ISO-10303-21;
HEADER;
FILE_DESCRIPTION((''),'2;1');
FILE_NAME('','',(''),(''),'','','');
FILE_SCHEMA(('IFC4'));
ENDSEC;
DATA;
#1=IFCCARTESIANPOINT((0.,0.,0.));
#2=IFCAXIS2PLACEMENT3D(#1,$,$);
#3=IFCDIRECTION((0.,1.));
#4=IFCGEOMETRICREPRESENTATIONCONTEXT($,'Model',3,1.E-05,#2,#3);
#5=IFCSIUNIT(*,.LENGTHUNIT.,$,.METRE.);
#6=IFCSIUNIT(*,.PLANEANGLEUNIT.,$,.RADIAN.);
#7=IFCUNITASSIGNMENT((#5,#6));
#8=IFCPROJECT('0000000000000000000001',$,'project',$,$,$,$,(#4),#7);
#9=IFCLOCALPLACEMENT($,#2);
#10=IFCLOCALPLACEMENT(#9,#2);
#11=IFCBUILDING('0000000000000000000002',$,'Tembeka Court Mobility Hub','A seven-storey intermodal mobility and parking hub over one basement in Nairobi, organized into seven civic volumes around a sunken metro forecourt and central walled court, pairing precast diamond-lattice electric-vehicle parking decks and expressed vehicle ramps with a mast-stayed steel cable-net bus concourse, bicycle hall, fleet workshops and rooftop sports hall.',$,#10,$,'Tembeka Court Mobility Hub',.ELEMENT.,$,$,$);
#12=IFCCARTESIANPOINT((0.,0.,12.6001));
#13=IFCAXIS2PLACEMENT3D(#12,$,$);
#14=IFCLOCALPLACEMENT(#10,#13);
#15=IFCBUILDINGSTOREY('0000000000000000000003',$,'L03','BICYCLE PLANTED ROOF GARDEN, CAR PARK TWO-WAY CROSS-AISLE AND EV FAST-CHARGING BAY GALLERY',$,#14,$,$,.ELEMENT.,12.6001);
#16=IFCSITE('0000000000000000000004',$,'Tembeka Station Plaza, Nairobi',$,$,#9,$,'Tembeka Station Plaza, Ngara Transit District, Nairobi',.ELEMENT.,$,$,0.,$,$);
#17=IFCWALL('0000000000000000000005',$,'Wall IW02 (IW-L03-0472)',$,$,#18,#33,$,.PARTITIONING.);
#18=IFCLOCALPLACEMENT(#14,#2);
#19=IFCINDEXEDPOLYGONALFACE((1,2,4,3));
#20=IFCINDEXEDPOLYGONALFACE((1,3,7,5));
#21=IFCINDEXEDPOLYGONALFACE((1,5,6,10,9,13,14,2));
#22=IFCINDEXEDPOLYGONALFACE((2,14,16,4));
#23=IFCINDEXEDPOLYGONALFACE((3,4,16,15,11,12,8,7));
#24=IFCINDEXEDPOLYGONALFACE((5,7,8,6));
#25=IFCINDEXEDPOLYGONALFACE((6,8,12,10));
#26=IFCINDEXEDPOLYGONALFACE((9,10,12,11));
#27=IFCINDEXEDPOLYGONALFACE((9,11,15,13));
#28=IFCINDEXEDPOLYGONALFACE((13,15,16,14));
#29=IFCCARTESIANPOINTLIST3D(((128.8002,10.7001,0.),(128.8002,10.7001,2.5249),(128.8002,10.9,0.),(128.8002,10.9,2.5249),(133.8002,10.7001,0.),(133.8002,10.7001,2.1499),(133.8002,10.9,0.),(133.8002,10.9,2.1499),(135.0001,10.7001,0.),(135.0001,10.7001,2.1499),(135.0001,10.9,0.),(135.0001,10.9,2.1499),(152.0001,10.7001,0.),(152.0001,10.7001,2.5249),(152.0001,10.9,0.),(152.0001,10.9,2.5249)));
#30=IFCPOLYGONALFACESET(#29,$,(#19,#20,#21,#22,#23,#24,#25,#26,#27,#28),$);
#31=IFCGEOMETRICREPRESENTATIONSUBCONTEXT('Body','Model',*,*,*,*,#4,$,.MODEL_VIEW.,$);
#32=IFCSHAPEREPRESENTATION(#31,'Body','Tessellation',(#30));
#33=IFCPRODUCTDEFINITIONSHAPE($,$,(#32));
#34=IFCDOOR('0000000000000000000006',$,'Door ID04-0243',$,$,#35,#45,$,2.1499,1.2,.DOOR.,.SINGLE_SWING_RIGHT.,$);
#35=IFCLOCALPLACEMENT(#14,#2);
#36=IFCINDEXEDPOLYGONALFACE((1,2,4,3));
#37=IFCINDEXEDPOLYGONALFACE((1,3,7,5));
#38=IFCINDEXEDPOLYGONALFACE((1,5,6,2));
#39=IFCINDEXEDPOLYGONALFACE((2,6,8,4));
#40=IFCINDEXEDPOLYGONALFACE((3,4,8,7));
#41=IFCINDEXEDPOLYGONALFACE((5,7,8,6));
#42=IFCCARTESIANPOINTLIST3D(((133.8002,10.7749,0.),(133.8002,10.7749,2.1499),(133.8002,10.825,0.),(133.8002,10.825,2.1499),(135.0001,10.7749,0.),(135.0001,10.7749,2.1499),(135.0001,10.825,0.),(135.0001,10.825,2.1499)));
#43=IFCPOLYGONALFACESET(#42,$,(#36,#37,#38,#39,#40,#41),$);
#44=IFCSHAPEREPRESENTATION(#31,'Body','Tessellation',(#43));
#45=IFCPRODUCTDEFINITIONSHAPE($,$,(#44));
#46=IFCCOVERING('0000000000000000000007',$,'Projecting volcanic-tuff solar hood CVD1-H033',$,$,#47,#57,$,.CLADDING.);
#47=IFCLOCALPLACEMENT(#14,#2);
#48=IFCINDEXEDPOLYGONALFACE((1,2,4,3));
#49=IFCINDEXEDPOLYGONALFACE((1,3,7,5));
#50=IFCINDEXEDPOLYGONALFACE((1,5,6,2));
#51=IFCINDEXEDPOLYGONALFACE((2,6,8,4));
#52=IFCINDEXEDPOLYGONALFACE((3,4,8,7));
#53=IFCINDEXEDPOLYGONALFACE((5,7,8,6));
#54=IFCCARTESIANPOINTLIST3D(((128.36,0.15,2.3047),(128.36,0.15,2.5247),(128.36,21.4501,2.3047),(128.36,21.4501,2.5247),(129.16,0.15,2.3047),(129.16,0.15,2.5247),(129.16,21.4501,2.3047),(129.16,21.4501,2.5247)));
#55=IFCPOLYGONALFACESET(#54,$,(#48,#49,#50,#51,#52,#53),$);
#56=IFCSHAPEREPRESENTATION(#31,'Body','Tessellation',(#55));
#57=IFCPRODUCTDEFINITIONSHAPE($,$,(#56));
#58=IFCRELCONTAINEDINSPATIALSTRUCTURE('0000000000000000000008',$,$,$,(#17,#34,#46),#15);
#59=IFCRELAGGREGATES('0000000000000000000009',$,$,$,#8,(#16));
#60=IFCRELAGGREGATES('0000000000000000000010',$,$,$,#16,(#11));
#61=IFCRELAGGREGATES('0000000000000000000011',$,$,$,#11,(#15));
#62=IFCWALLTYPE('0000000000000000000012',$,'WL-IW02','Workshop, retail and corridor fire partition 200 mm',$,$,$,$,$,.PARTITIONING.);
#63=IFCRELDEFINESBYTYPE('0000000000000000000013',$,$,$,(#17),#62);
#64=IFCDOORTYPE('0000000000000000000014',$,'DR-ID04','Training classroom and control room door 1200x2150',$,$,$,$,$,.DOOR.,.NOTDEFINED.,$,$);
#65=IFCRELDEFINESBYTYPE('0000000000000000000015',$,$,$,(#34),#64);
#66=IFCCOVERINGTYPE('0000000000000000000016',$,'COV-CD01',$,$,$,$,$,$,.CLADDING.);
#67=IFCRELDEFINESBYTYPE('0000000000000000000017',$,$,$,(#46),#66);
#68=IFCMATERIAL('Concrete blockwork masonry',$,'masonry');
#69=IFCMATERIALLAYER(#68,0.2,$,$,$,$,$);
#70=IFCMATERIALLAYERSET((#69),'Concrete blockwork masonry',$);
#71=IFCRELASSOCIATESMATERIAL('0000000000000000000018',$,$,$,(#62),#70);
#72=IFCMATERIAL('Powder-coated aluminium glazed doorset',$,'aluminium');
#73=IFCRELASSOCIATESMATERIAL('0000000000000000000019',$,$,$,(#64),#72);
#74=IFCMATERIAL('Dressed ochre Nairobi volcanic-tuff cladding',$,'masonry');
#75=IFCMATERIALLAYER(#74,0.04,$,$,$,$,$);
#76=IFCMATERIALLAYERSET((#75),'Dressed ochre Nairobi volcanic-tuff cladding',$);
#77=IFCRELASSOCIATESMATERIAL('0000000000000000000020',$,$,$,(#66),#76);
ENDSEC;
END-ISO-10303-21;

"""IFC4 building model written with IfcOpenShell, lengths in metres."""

from ifc_helpers import new_model, si_unit, direction, frame, frame_2d, origin, origin_2d, place, context, subcontext, project, spatial, rectangle, extrude, material, layer, layer_set, type_object, element, fill, save


model = new_model("IFC4")

# Units and contexts
model_context = context("Model", 3, precision=1e-05, world=origin(), true_north=direction((0.0, 1.0)))
body_context = subcontext(model_context, "Body", "Model", "MODEL_VIEW")
ifc_project = project(units=[si_unit("LENGTHUNIT", "METRE"), si_unit("PLANEANGLEUNIT", "RADIAN")], contexts=[model_context])

# Site, building, storey
site_placement = place(None, origin())
site = spatial("IfcSite", under=ifc_project, at=site_placement, Name="Tembeka Station Plaza, Nairobi", LongName="Tembeka Station Plaza, Ngara Transit District, Nairobi", CompositionType="ELEMENT", RefElevation=0.0)
building_placement = place(site_placement, origin())
building = spatial("IfcBuilding", under=site, at=building_placement, Name="Tembeka Court Mobility Hub", Description="A seven-storey intermodal mobility and parking hub over one basement in Nairobi, organized into seven civic volumes around a sunken metro forecourt and central walled court, pairing precast diamond-lattice electric-vehicle parking decks and expressed vehicle ramps with a mast-stayed steel cable-net bus concourse, bicycle hall, fleet workshops and rooftop sports hall.", LongName="Tembeka Court Mobility Hub", CompositionType="ELEMENT")
storey_placement = place(building_placement, frame((0.0, 0.0, 12.6001)))
storey = spatial("IfcBuildingStorey", under=building, at=storey_placement, Name="L03", Description="BICYCLE PLANTED ROOF GARDEN, CAR PARK TWO-WAY CROSS-AISLE AND EV FAST-CHARGING BAY GALLERY", CompositionType="ELEMENT", Elevation=12.6001)

# Wall, opening, door
ifc_material_1 = material(Name="Concrete blockwork masonry", Category="masonry")
ifc_layer_1 = layer(ifc_material_1, 0.2)
ifc_layer_set_1 = layer_set([ifc_layer_1], Name="Concrete blockwork masonry")
wall_type = type_object("IfcWallType", Name="WL-IW02", Description="Workshop, retail and corridor fire partition 200 mm", PredefinedType="PARTITIONING", material=ifc_layer_set_1)
wall_placement = place(storey_placement, frame((128.8, 10.8, 0.0), z_axis=(0.0, 0.0, 1.0), x_axis=(1.0, 0.0, 0.0)))
wall = element("IfcWall", 1, at=wall_placement, inside=storey, type_object=wall_type, Name="Wall IW02 (IW-L03-0472)", PredefinedType="PARTITIONING", context=body_context, shape_type="SweptSolid", body=[
    extrude(rectangle(XDim=23.2, YDim=0.2, at=frame_2d((11.6001, 0.0))), origin(), (0.0, 0.0, 1.0), 2.5249),
])
opening_placement = place(wall_placement, frame((5.0, 0.0, 0.0)))
opening = element("IfcOpeningElement", 2, at=opening_placement, cuts=wall, PredefinedType="OPENING", context=body_context, shape_type="SweptSolid", body=[
    extrude(rectangle(XDim=1.2, YDim=2.1499, at=frame_2d((0.6001, 1.075))), frame((0.0, 0.1099, 0.0), z_axis=(0.0, -1.0, 0.0), x_axis=(1.0, 0.0, 0.0)), (0.0, 0.0, 1.0), 0.22),
])
ifc_material_2 = material(Name="Powder-coated aluminium glazed doorset", Category="aluminium")
door_type = type_object("IfcDoorType", Name="DR-ID04", Description="Training classroom and control room door 1200x2150", OperationType="NOTDEFINED", PredefinedType="DOOR", material=ifc_material_2)
door_placement = place(opening_placement, origin())
door = element("IfcDoor", 3, at=door_placement, inside=storey, type_object=door_type, Name="Door ID04-0243", OperationType="SINGLE_SWING_RIGHT", OverallHeight=2.1499, OverallWidth=1.2, PredefinedType="DOOR", context=body_context, shape_type="SweptSolid", body=[
    extrude(rectangle(XDim=1.2, YDim=2.1499, at=frame_2d((0.6001, 1.075))), frame((0.0, 0.0249, 0.0), z_axis=(0.0, -1.0, 0.0), x_axis=(1.0, 0.0, 0.0)), (0.0, 0.0, 1.0), 0.05),
])
fill(opening, door)

# Covering
ifc_material_3 = material(Name="Dressed ochre Nairobi volcanic-tuff cladding", Category="masonry")
ifc_layer_2 = layer(ifc_material_3, 0.04)
ifc_layer_set_2 = layer_set([ifc_layer_2], Name="Dressed ochre Nairobi volcanic-tuff cladding")
covering_type = type_object("IfcCoveringType", Name="COV-CD01", PredefinedType="CLADDING", material=ifc_layer_set_2)
covering_placement = place(storey_placement, frame((128.76, 10.8, 2.3047), z_axis=(0.0, 0.0, 1.0), x_axis=(0.0, 1.0, 0.0)))
element("IfcCovering", 4, at=covering_placement, inside=storey, type_object=covering_type, Name="Projecting volcanic-tuff solar hood CVD1-H033", PredefinedType="CLADDING", context=body_context, shape_type="SweptSolid", body=[
    extrude(rectangle(XDim=21.3, YDim=0.8, at=origin_2d()), origin(), (0.0, 0.0, 1.0), 0.22),
])

save(model, "model.ifc")
